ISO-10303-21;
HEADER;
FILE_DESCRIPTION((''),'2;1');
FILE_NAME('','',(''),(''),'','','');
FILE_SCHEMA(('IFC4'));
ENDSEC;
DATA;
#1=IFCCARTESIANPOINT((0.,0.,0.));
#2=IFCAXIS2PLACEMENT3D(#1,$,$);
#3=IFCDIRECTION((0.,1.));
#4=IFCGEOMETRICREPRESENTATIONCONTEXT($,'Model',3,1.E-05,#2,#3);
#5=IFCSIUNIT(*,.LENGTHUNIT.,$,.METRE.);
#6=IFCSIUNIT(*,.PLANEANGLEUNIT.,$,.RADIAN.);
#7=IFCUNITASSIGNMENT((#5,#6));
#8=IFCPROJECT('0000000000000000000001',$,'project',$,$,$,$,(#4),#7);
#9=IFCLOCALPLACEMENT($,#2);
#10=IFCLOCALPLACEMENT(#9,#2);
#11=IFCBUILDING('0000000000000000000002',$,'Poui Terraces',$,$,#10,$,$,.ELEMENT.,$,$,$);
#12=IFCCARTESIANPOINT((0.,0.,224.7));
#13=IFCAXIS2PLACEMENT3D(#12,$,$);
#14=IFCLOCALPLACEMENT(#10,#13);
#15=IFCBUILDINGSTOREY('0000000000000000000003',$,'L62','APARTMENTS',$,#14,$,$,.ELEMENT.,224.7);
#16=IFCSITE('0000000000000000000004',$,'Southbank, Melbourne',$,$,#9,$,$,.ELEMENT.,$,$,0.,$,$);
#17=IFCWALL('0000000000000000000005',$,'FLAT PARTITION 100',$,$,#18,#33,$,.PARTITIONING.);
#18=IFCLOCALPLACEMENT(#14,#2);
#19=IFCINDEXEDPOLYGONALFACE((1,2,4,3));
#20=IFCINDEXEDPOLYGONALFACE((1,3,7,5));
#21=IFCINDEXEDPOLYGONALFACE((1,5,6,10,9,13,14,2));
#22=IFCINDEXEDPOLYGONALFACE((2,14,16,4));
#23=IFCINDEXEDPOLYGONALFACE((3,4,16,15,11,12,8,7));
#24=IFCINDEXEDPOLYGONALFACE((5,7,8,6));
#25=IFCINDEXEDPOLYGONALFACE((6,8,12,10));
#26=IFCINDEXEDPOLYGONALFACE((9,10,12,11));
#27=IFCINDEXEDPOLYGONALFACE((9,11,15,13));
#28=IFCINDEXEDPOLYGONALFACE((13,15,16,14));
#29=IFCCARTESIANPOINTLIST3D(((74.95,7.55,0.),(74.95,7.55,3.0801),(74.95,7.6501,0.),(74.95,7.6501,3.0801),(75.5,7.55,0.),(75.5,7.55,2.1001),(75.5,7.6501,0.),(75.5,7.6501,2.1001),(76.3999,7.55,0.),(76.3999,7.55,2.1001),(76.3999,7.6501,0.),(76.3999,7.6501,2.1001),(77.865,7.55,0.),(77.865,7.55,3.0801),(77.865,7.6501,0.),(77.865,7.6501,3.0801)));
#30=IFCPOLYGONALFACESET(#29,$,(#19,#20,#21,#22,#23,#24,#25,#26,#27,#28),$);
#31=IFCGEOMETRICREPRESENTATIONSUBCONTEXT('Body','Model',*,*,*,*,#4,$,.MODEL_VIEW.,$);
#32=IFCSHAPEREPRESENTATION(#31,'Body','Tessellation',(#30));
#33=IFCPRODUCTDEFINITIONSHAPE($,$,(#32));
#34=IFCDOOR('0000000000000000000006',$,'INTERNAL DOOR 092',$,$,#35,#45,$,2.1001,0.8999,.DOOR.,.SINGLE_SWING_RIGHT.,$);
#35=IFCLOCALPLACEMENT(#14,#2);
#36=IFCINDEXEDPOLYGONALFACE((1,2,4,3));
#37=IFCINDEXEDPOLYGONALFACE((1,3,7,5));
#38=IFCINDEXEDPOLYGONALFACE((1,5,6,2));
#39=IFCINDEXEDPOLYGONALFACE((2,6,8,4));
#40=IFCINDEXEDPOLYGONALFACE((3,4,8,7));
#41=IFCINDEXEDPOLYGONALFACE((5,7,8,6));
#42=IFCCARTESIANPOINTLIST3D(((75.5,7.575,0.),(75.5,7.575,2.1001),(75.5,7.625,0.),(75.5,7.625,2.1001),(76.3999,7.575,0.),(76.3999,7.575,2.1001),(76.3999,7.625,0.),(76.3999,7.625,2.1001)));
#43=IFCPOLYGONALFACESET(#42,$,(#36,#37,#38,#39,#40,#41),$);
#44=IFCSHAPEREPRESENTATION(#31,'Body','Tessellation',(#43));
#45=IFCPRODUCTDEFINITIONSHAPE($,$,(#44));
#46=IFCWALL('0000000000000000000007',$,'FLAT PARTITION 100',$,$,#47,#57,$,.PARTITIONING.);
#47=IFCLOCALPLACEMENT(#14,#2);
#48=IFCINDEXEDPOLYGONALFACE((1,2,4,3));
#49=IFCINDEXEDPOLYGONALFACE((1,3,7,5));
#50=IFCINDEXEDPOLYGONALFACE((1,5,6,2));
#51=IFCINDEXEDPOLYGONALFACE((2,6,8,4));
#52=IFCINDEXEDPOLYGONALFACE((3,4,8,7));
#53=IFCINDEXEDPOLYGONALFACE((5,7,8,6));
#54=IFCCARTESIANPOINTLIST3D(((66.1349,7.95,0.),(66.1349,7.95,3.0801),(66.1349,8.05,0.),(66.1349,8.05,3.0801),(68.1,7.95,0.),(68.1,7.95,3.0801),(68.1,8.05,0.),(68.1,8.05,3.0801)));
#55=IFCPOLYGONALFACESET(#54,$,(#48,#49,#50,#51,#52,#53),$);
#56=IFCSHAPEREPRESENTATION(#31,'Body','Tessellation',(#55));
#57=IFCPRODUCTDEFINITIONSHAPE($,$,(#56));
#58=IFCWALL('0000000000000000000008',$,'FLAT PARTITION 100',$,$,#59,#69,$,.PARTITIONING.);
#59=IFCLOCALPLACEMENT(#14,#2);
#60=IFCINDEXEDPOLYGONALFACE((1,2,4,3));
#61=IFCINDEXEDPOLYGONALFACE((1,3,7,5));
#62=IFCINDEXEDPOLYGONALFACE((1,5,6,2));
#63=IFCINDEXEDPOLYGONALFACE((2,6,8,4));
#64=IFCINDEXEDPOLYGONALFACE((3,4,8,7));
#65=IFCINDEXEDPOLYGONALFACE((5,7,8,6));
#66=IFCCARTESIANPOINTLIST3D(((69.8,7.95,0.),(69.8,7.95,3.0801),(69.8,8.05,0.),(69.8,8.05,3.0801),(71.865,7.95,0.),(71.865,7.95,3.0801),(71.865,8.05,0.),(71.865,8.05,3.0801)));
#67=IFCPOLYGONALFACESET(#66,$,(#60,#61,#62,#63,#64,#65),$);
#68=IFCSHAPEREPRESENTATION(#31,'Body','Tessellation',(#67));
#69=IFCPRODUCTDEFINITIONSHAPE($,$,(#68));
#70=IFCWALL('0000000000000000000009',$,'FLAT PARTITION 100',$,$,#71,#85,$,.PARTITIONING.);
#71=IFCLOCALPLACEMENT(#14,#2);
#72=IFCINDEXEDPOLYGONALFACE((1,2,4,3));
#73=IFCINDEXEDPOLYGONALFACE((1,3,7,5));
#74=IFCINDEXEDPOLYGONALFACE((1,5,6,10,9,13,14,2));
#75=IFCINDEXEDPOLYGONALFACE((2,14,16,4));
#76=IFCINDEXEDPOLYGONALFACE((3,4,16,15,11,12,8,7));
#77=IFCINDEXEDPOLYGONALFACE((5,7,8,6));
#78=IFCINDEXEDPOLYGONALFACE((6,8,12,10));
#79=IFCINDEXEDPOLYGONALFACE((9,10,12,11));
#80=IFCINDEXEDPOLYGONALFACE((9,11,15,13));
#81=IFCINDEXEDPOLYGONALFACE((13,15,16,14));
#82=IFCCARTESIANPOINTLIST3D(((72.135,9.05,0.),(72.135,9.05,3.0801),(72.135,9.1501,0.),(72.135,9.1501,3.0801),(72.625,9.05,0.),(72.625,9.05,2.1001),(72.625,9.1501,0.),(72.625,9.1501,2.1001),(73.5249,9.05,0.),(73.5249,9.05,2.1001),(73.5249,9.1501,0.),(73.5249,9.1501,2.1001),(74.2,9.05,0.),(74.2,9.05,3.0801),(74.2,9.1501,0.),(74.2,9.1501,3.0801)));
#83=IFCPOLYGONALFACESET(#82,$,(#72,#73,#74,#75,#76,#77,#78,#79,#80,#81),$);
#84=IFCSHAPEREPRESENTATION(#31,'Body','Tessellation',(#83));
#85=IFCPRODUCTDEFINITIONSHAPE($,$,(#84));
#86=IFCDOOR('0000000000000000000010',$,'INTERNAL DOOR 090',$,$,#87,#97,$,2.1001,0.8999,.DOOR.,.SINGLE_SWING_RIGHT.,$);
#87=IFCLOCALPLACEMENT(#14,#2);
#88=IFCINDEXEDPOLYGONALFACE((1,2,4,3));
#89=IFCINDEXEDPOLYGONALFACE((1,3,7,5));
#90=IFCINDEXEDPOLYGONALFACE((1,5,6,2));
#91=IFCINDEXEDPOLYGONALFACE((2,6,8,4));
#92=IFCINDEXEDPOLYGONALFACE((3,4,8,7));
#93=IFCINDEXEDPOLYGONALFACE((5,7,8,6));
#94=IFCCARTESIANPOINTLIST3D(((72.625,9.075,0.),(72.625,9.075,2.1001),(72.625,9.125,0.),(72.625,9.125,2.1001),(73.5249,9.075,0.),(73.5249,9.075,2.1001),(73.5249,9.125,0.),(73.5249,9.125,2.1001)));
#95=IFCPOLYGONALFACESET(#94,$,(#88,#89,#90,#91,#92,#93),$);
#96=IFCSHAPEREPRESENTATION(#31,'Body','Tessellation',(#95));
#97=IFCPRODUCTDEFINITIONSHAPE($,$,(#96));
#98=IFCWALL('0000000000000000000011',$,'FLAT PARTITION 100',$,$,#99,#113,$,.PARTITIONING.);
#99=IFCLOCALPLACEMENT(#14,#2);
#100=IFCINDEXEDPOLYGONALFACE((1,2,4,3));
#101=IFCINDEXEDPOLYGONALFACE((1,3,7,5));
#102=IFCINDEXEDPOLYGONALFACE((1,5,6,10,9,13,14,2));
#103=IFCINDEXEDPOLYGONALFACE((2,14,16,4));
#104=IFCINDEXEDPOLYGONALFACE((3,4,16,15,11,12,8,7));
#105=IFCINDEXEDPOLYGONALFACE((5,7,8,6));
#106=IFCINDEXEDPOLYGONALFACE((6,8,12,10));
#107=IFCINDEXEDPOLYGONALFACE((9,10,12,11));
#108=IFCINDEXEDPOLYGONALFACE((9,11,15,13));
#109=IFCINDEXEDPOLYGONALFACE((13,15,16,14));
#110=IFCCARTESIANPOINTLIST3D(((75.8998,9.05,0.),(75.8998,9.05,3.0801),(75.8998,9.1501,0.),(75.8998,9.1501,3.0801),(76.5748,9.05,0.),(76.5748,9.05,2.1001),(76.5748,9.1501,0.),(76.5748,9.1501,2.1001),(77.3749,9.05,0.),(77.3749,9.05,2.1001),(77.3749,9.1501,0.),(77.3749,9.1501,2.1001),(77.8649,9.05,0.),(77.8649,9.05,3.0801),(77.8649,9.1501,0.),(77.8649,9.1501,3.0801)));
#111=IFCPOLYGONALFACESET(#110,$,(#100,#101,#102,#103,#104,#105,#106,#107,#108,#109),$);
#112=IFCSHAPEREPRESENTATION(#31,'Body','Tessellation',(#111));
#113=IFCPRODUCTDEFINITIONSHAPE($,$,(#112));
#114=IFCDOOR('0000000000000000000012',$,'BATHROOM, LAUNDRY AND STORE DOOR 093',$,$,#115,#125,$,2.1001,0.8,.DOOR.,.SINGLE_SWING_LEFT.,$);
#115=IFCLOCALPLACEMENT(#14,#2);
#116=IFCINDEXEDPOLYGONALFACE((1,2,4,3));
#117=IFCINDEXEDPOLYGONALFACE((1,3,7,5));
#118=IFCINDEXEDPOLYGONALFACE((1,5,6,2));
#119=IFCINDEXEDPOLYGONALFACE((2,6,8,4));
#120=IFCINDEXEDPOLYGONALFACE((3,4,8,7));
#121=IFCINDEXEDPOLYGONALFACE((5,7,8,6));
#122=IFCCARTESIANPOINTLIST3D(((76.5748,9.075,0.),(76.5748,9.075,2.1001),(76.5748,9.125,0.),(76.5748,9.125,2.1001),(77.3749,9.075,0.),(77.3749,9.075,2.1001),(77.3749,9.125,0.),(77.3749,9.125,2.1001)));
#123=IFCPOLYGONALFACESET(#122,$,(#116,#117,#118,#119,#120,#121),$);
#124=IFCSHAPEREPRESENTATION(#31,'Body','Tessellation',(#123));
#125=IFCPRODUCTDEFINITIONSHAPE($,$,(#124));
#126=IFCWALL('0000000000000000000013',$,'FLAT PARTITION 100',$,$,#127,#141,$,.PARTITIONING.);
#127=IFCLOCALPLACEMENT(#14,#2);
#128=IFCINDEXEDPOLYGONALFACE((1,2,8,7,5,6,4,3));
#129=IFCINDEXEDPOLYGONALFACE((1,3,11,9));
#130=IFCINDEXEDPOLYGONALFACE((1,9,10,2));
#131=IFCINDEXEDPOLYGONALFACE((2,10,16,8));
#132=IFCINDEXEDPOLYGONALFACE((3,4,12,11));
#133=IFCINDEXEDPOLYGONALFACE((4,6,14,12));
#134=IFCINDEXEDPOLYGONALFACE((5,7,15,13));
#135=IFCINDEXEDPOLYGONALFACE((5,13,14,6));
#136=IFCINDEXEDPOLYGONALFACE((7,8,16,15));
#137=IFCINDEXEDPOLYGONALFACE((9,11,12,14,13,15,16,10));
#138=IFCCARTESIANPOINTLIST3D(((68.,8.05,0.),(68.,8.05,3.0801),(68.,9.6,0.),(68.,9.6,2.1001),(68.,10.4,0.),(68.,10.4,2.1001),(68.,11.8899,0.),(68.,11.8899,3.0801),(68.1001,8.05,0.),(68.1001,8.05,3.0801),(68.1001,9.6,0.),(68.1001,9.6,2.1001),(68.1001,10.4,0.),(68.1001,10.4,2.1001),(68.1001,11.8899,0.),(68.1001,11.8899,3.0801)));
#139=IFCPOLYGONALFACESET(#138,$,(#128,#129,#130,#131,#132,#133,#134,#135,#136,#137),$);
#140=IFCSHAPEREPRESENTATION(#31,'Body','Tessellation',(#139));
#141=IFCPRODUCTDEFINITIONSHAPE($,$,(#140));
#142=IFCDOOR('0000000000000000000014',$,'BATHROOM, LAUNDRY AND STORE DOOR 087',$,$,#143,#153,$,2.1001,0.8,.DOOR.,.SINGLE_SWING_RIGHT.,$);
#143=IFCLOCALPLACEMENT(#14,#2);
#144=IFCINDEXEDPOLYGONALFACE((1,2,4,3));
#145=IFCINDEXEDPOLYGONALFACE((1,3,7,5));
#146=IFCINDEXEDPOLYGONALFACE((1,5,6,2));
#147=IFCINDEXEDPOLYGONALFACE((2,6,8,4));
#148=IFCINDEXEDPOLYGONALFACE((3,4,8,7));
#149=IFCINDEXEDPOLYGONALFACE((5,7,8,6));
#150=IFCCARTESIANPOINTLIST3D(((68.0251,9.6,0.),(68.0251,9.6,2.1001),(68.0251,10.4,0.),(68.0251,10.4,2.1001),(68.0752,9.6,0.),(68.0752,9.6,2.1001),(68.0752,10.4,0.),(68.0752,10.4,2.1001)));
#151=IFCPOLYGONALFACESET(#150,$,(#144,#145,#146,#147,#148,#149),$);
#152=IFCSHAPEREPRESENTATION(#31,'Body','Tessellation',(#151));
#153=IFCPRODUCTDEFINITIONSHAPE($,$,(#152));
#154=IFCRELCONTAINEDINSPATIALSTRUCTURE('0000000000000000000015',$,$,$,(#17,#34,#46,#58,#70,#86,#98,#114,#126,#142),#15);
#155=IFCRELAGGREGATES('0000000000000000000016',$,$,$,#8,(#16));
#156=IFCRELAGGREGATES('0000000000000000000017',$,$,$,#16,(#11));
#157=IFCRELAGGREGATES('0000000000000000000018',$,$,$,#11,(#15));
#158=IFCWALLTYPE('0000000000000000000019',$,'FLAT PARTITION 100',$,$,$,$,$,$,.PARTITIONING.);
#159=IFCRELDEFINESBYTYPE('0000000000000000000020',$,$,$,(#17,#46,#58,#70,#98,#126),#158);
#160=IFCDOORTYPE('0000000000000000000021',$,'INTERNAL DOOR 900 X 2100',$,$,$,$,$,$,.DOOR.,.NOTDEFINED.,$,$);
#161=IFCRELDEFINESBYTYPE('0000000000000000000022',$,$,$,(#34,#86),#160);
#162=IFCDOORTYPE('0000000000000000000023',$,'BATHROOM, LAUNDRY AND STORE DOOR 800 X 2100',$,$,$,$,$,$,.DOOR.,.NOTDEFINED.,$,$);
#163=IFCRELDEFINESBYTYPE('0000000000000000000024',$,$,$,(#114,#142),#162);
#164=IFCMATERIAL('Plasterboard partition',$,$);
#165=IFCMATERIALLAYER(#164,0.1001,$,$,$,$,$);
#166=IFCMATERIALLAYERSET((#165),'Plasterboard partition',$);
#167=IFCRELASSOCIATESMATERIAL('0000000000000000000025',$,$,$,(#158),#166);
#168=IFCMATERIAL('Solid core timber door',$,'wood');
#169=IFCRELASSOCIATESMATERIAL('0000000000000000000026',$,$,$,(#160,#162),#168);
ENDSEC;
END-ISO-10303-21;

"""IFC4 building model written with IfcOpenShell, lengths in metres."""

from ifc_helpers import new_model, si_unit, direction, frame, frame_2d, origin, place, context, subcontext, project, spatial, rectangle, extrude, material, layer, layer_set, type_object, element, fill, save


model = new_model("IFC4")

# Units and contexts
model_context = context("Model", 3, precision=1e-05, world=origin(), true_north=direction((0.0, 1.0)))
body_context = subcontext(model_context, "Body", "Model", "MODEL_VIEW")
ifc_project = project(units=[si_unit("LENGTHUNIT", "METRE"), si_unit("PLANEANGLEUNIT", "RADIAN")], contexts=[model_context])

# Site, building, storey
site_placement = place(None, origin())
site = spatial("IfcSite", under=ifc_project, at=site_placement, Name="Southbank, Melbourne", CompositionType="ELEMENT", RefElevation=0.0)
building_placement = place(site_placement, origin())
building = spatial("IfcBuilding", under=site, at=building_placement, Name="Poui Terraces", CompositionType="ELEMENT")
storey_placement = place(building_placement, frame((0.0, 0.0, 224.7)))
storey = spatial("IfcBuildingStorey", under=building, at=storey_placement, Name="L62", Description="APARTMENTS", CompositionType="ELEMENT", Elevation=224.7)

# Wall, opening, door
ifc_material_1 = material(Name="Plasterboard partition")
ifc_layer_1 = layer(ifc_material_1, 0.1001)
ifc_layer_set_1 = layer_set([ifc_layer_1], Name="Plasterboard partition")
wall_type_1 = type_object("IfcWallType", Name="FLAT PARTITION 100", PredefinedType="PARTITIONING", material=ifc_layer_set_1)
wall_1_placement = place(storey_placement, frame((74.95, 7.6001, 0.0), z_axis=(0.0, 0.0, 1.0), x_axis=(1.0, 0.0, 0.0)))
wall_1 = element("IfcWall", 1, at=wall_1_placement, inside=storey, type_object=wall_type_1, Name="FLAT PARTITION 100", PredefinedType="PARTITIONING", context=body_context, shape_type="SweptSolid", body=[
    extrude(rectangle(XDim=2.915, YDim=0.1001, at=frame_2d((1.4575, 0.0))), origin(), (0.0, 0.0, 1.0), 3.0801),
])
opening_1_placement = place(wall_1_placement, frame((0.55, 0.0, 0.0)))
opening_1 = element("IfcOpeningElement", 2, at=opening_1_placement, cuts=wall_1, PredefinedType="OPENING", context=body_context, shape_type="SweptSolid", body=[
    extrude(rectangle(XDim=0.8999, YDim=2.1001, at=frame_2d((0.45, 1.05))), frame((0.0, 0.0601, 0.0), z_axis=(0.0, -1.0, 0.0), x_axis=(1.0, 0.0, 0.0)), (0.0, 0.0, 1.0), 0.1201),
])
ifc_material_2 = material(Name="Solid core timber door", Category="wood")
door_type_1 = type_object("IfcDoorType", Name="INTERNAL DOOR 900 X 2100", OperationType="NOTDEFINED", PredefinedType="DOOR", material=ifc_material_2)
door_1_placement = place(opening_1_placement, origin())
door_1 = element("IfcDoor", 3, at=door_1_placement, inside=storey, type_object=door_type_1, Name="INTERNAL DOOR 092", OperationType="SINGLE_SWING_RIGHT", OverallHeight=2.1001, OverallWidth=0.8999, PredefinedType="DOOR", context=body_context, shape_type="SweptSolid", body=[
    extrude(rectangle(XDim=0.8999, YDim=2.1001, at=frame_2d((0.45, 1.05))), frame((0.0, 0.0249, 0.0), z_axis=(0.0, -1.0, 0.0), x_axis=(1.0, 0.0, 0.0)), (0.0, 0.0, 1.0), 0.05),
])
fill(opening_1, door_1)

# Walls
wall_2_placement = place(storey_placement, frame((66.135, 8.0, 0.0), z_axis=(0.0, 0.0, 1.0), x_axis=(1.0, 0.0, 0.0)))
element("IfcWall", 4, at=wall_2_placement, inside=storey, type_object=wall_type_1, Name="FLAT PARTITION 100", PredefinedType="PARTITIONING", context=body_context, shape_type="SweptSolid", body=[
    extrude(rectangle(XDim=1.9651, YDim=0.1001, at=frame_2d((0.9824, 0.0))), origin(), (0.0, 0.0, 1.0), 3.0801),
])
wall_3_placement = place(storey_placement, frame((69.8, 8.0, 0.0), z_axis=(0.0, 0.0, 1.0), x_axis=(1.0, 0.0, 0.0)))
element("IfcWall", 5, at=wall_3_placement, inside=storey, type_object=wall_type_1, Name="FLAT PARTITION 100", PredefinedType="PARTITIONING", context=body_context, shape_type="SweptSolid", body=[
    extrude(rectangle(XDim=2.0649, YDim=0.1001, at=frame_2d((1.0325, 0.0))), origin(), (0.0, 0.0, 1.0), 3.0801),
])

# Walls, openings, doors
wall_4_placement = place(storey_placement, frame((72.135, 9.1001, 0.0), z_axis=(0.0, 0.0, 1.0), x_axis=(1.0, 0.0, 0.0)))
wall_4 = element("IfcWall", 6, at=wall_4_placement, inside=storey, type_object=wall_type_1, Name="FLAT PARTITION 100", PredefinedType="PARTITIONING", context=body_context, shape_type="SweptSolid", body=[
    extrude(rectangle(XDim=2.0649, YDim=0.1001, at=frame_2d((1.0325, 0.0))), origin(), (0.0, 0.0, 1.0), 3.0801),
])
opening_2_placement = place(wall_4_placement, frame((0.49, 0.0, 0.0)))
opening_2 = element("IfcOpeningElement", 7, at=opening_2_placement, cuts=wall_4, PredefinedType="OPENING", context=body_context, shape_type="SweptSolid", body=[
    extrude(rectangle(XDim=0.8999, YDim=2.1001, at=frame_2d((0.45, 1.05))), frame((0.0, 0.0601, 0.0), z_axis=(0.0, -1.0, 0.0), x_axis=(1.0, 0.0, 0.0)), (0.0, 0.0, 1.0), 0.1201),
])
door_2_placement = place(opening_2_placement, origin())
door_2 = element("IfcDoor", 8, at=door_2_placement, inside=storey, type_object=door_type_1, Name="INTERNAL DOOR 090", OperationType="SINGLE_SWING_RIGHT", OverallHeight=2.1001, OverallWidth=0.8999, PredefinedType="DOOR", context=body_context, shape_type="SweptSolid", body=[
    extrude(rectangle(XDim=0.8999, YDim=2.1001, at=frame_2d((0.45, 1.05))), frame((0.0, 0.0249, 0.0), z_axis=(0.0, -1.0, 0.0), x_axis=(1.0, 0.0, 0.0)), (0.0, 0.0, 1.0), 0.05),
])
fill(opening_2, door_2)
wall_5_placement = place(storey_placement, frame((75.8999, 9.1001, 0.0), z_axis=(0.0, 0.0, 1.0), x_axis=(1.0, 0.0, 0.0)))
wall_5 = element("IfcWall", 9, at=wall_5_placement, inside=storey, type_object=wall_type_1, Name="FLAT PARTITION 100", PredefinedType="PARTITIONING", context=body_context, shape_type="SweptSolid", body=[
    extrude(rectangle(XDim=1.9651, YDim=0.1001, at=frame_2d((0.9824, 0.0))), origin(), (0.0, 0.0, 1.0), 3.0801),
])
opening_3_placement = place(wall_5_placement, frame((0.675, 0.0, 0.0)))
opening_3 = element("IfcOpeningElement", 10, at=opening_3_placement, cuts=wall_5, PredefinedType="OPENING", context=body_context, shape_type="SweptSolid", body=[
    extrude(rectangle(XDim=0.8, YDim=2.1001, at=frame_2d((0.3999, 1.05))), frame((0.0, 0.0601, 0.0), z_axis=(0.0, -1.0, 0.0), x_axis=(1.0, 0.0, 0.0)), (0.0, 0.0, 1.0), 0.1201),
])
door_type_2 = type_object("IfcDoorType", Name="BATHROOM, LAUNDRY AND STORE DOOR 800 X 2100", OperationType="NOTDEFINED", PredefinedType="DOOR", material=ifc_material_2)
door_3_placement = place(opening_3_placement, origin())
door_3 = element("IfcDoor", 11, at=door_3_placement, inside=storey, type_object=door_type_2, Name="BATHROOM, LAUNDRY AND STORE DOOR 093", OperationType="SINGLE_SWING_LEFT", OverallHeight=2.1001, OverallWidth=0.8, PredefinedType="DOOR", context=body_context, shape_type="SweptSolid", body=[
    extrude(rectangle(XDim=0.8, YDim=2.1001, at=frame_2d((0.3999, 1.05))), frame((0.0, 0.0249, 0.0), z_axis=(0.0, -1.0, 0.0), x_axis=(1.0, 0.0, 0.0)), (0.0, 0.0, 1.0), 0.05),
])
fill(opening_3, door_3)
wall_6_placement = place(storey_placement, frame((68.05, 8.05, 0.0), z_axis=(0.0, 0.0, 1.0), x_axis=(0.0, 1.0, 0.0)))
wall_6 = element("IfcWall", 12, at=wall_6_placement, inside=storey, type_object=wall_type_1, Name="FLAT PARTITION 100", PredefinedType="PARTITIONING", context=body_context, shape_type="SweptSolid", body=[
    extrude(rectangle(XDim=3.8398, YDim=0.1001, at=frame_2d((1.9199, 0.0))), origin(), (0.0, 0.0, 1.0), 3.0801),
])
opening_4_placement = place(wall_6_placement, frame((1.55, 0.0, 0.0)))
opening_4 = element("IfcOpeningElement", 13, at=opening_4_placement, cuts=wall_6, PredefinedType="OPENING", context=body_context, shape_type="SweptSolid", body=[
    extrude(rectangle(XDim=0.8, YDim=2.1001, at=frame_2d((0.3999, 1.05))), frame((0.0, 0.0601, 0.0), z_axis=(0.0, -1.0, 0.0), x_axis=(1.0, 0.0, 0.0)), (0.0, 0.0, 1.0), 0.1201),
])
door_4_placement = place(opening_4_placement, origin())
door_4 = element("IfcDoor", 14, at=door_4_placement, inside=storey, type_object=door_type_2, Name="BATHROOM, LAUNDRY AND STORE DOOR 087", OperationType="SINGLE_SWING_RIGHT", OverallHeight=2.1001, OverallWidth=0.8, PredefinedType="DOOR", context=body_context, shape_type="SweptSolid", body=[
    extrude(rectangle(XDim=0.8, YDim=2.1001, at=frame_2d((0.3999, 1.05))), frame((0.0, 0.0249, 0.0), z_axis=(0.0, -1.0, 0.0), x_axis=(1.0, 0.0, 0.0)), (0.0, 0.0, 1.0), 0.05),
])
fill(opening_4, door_4)

save(model, "model.ifc")
